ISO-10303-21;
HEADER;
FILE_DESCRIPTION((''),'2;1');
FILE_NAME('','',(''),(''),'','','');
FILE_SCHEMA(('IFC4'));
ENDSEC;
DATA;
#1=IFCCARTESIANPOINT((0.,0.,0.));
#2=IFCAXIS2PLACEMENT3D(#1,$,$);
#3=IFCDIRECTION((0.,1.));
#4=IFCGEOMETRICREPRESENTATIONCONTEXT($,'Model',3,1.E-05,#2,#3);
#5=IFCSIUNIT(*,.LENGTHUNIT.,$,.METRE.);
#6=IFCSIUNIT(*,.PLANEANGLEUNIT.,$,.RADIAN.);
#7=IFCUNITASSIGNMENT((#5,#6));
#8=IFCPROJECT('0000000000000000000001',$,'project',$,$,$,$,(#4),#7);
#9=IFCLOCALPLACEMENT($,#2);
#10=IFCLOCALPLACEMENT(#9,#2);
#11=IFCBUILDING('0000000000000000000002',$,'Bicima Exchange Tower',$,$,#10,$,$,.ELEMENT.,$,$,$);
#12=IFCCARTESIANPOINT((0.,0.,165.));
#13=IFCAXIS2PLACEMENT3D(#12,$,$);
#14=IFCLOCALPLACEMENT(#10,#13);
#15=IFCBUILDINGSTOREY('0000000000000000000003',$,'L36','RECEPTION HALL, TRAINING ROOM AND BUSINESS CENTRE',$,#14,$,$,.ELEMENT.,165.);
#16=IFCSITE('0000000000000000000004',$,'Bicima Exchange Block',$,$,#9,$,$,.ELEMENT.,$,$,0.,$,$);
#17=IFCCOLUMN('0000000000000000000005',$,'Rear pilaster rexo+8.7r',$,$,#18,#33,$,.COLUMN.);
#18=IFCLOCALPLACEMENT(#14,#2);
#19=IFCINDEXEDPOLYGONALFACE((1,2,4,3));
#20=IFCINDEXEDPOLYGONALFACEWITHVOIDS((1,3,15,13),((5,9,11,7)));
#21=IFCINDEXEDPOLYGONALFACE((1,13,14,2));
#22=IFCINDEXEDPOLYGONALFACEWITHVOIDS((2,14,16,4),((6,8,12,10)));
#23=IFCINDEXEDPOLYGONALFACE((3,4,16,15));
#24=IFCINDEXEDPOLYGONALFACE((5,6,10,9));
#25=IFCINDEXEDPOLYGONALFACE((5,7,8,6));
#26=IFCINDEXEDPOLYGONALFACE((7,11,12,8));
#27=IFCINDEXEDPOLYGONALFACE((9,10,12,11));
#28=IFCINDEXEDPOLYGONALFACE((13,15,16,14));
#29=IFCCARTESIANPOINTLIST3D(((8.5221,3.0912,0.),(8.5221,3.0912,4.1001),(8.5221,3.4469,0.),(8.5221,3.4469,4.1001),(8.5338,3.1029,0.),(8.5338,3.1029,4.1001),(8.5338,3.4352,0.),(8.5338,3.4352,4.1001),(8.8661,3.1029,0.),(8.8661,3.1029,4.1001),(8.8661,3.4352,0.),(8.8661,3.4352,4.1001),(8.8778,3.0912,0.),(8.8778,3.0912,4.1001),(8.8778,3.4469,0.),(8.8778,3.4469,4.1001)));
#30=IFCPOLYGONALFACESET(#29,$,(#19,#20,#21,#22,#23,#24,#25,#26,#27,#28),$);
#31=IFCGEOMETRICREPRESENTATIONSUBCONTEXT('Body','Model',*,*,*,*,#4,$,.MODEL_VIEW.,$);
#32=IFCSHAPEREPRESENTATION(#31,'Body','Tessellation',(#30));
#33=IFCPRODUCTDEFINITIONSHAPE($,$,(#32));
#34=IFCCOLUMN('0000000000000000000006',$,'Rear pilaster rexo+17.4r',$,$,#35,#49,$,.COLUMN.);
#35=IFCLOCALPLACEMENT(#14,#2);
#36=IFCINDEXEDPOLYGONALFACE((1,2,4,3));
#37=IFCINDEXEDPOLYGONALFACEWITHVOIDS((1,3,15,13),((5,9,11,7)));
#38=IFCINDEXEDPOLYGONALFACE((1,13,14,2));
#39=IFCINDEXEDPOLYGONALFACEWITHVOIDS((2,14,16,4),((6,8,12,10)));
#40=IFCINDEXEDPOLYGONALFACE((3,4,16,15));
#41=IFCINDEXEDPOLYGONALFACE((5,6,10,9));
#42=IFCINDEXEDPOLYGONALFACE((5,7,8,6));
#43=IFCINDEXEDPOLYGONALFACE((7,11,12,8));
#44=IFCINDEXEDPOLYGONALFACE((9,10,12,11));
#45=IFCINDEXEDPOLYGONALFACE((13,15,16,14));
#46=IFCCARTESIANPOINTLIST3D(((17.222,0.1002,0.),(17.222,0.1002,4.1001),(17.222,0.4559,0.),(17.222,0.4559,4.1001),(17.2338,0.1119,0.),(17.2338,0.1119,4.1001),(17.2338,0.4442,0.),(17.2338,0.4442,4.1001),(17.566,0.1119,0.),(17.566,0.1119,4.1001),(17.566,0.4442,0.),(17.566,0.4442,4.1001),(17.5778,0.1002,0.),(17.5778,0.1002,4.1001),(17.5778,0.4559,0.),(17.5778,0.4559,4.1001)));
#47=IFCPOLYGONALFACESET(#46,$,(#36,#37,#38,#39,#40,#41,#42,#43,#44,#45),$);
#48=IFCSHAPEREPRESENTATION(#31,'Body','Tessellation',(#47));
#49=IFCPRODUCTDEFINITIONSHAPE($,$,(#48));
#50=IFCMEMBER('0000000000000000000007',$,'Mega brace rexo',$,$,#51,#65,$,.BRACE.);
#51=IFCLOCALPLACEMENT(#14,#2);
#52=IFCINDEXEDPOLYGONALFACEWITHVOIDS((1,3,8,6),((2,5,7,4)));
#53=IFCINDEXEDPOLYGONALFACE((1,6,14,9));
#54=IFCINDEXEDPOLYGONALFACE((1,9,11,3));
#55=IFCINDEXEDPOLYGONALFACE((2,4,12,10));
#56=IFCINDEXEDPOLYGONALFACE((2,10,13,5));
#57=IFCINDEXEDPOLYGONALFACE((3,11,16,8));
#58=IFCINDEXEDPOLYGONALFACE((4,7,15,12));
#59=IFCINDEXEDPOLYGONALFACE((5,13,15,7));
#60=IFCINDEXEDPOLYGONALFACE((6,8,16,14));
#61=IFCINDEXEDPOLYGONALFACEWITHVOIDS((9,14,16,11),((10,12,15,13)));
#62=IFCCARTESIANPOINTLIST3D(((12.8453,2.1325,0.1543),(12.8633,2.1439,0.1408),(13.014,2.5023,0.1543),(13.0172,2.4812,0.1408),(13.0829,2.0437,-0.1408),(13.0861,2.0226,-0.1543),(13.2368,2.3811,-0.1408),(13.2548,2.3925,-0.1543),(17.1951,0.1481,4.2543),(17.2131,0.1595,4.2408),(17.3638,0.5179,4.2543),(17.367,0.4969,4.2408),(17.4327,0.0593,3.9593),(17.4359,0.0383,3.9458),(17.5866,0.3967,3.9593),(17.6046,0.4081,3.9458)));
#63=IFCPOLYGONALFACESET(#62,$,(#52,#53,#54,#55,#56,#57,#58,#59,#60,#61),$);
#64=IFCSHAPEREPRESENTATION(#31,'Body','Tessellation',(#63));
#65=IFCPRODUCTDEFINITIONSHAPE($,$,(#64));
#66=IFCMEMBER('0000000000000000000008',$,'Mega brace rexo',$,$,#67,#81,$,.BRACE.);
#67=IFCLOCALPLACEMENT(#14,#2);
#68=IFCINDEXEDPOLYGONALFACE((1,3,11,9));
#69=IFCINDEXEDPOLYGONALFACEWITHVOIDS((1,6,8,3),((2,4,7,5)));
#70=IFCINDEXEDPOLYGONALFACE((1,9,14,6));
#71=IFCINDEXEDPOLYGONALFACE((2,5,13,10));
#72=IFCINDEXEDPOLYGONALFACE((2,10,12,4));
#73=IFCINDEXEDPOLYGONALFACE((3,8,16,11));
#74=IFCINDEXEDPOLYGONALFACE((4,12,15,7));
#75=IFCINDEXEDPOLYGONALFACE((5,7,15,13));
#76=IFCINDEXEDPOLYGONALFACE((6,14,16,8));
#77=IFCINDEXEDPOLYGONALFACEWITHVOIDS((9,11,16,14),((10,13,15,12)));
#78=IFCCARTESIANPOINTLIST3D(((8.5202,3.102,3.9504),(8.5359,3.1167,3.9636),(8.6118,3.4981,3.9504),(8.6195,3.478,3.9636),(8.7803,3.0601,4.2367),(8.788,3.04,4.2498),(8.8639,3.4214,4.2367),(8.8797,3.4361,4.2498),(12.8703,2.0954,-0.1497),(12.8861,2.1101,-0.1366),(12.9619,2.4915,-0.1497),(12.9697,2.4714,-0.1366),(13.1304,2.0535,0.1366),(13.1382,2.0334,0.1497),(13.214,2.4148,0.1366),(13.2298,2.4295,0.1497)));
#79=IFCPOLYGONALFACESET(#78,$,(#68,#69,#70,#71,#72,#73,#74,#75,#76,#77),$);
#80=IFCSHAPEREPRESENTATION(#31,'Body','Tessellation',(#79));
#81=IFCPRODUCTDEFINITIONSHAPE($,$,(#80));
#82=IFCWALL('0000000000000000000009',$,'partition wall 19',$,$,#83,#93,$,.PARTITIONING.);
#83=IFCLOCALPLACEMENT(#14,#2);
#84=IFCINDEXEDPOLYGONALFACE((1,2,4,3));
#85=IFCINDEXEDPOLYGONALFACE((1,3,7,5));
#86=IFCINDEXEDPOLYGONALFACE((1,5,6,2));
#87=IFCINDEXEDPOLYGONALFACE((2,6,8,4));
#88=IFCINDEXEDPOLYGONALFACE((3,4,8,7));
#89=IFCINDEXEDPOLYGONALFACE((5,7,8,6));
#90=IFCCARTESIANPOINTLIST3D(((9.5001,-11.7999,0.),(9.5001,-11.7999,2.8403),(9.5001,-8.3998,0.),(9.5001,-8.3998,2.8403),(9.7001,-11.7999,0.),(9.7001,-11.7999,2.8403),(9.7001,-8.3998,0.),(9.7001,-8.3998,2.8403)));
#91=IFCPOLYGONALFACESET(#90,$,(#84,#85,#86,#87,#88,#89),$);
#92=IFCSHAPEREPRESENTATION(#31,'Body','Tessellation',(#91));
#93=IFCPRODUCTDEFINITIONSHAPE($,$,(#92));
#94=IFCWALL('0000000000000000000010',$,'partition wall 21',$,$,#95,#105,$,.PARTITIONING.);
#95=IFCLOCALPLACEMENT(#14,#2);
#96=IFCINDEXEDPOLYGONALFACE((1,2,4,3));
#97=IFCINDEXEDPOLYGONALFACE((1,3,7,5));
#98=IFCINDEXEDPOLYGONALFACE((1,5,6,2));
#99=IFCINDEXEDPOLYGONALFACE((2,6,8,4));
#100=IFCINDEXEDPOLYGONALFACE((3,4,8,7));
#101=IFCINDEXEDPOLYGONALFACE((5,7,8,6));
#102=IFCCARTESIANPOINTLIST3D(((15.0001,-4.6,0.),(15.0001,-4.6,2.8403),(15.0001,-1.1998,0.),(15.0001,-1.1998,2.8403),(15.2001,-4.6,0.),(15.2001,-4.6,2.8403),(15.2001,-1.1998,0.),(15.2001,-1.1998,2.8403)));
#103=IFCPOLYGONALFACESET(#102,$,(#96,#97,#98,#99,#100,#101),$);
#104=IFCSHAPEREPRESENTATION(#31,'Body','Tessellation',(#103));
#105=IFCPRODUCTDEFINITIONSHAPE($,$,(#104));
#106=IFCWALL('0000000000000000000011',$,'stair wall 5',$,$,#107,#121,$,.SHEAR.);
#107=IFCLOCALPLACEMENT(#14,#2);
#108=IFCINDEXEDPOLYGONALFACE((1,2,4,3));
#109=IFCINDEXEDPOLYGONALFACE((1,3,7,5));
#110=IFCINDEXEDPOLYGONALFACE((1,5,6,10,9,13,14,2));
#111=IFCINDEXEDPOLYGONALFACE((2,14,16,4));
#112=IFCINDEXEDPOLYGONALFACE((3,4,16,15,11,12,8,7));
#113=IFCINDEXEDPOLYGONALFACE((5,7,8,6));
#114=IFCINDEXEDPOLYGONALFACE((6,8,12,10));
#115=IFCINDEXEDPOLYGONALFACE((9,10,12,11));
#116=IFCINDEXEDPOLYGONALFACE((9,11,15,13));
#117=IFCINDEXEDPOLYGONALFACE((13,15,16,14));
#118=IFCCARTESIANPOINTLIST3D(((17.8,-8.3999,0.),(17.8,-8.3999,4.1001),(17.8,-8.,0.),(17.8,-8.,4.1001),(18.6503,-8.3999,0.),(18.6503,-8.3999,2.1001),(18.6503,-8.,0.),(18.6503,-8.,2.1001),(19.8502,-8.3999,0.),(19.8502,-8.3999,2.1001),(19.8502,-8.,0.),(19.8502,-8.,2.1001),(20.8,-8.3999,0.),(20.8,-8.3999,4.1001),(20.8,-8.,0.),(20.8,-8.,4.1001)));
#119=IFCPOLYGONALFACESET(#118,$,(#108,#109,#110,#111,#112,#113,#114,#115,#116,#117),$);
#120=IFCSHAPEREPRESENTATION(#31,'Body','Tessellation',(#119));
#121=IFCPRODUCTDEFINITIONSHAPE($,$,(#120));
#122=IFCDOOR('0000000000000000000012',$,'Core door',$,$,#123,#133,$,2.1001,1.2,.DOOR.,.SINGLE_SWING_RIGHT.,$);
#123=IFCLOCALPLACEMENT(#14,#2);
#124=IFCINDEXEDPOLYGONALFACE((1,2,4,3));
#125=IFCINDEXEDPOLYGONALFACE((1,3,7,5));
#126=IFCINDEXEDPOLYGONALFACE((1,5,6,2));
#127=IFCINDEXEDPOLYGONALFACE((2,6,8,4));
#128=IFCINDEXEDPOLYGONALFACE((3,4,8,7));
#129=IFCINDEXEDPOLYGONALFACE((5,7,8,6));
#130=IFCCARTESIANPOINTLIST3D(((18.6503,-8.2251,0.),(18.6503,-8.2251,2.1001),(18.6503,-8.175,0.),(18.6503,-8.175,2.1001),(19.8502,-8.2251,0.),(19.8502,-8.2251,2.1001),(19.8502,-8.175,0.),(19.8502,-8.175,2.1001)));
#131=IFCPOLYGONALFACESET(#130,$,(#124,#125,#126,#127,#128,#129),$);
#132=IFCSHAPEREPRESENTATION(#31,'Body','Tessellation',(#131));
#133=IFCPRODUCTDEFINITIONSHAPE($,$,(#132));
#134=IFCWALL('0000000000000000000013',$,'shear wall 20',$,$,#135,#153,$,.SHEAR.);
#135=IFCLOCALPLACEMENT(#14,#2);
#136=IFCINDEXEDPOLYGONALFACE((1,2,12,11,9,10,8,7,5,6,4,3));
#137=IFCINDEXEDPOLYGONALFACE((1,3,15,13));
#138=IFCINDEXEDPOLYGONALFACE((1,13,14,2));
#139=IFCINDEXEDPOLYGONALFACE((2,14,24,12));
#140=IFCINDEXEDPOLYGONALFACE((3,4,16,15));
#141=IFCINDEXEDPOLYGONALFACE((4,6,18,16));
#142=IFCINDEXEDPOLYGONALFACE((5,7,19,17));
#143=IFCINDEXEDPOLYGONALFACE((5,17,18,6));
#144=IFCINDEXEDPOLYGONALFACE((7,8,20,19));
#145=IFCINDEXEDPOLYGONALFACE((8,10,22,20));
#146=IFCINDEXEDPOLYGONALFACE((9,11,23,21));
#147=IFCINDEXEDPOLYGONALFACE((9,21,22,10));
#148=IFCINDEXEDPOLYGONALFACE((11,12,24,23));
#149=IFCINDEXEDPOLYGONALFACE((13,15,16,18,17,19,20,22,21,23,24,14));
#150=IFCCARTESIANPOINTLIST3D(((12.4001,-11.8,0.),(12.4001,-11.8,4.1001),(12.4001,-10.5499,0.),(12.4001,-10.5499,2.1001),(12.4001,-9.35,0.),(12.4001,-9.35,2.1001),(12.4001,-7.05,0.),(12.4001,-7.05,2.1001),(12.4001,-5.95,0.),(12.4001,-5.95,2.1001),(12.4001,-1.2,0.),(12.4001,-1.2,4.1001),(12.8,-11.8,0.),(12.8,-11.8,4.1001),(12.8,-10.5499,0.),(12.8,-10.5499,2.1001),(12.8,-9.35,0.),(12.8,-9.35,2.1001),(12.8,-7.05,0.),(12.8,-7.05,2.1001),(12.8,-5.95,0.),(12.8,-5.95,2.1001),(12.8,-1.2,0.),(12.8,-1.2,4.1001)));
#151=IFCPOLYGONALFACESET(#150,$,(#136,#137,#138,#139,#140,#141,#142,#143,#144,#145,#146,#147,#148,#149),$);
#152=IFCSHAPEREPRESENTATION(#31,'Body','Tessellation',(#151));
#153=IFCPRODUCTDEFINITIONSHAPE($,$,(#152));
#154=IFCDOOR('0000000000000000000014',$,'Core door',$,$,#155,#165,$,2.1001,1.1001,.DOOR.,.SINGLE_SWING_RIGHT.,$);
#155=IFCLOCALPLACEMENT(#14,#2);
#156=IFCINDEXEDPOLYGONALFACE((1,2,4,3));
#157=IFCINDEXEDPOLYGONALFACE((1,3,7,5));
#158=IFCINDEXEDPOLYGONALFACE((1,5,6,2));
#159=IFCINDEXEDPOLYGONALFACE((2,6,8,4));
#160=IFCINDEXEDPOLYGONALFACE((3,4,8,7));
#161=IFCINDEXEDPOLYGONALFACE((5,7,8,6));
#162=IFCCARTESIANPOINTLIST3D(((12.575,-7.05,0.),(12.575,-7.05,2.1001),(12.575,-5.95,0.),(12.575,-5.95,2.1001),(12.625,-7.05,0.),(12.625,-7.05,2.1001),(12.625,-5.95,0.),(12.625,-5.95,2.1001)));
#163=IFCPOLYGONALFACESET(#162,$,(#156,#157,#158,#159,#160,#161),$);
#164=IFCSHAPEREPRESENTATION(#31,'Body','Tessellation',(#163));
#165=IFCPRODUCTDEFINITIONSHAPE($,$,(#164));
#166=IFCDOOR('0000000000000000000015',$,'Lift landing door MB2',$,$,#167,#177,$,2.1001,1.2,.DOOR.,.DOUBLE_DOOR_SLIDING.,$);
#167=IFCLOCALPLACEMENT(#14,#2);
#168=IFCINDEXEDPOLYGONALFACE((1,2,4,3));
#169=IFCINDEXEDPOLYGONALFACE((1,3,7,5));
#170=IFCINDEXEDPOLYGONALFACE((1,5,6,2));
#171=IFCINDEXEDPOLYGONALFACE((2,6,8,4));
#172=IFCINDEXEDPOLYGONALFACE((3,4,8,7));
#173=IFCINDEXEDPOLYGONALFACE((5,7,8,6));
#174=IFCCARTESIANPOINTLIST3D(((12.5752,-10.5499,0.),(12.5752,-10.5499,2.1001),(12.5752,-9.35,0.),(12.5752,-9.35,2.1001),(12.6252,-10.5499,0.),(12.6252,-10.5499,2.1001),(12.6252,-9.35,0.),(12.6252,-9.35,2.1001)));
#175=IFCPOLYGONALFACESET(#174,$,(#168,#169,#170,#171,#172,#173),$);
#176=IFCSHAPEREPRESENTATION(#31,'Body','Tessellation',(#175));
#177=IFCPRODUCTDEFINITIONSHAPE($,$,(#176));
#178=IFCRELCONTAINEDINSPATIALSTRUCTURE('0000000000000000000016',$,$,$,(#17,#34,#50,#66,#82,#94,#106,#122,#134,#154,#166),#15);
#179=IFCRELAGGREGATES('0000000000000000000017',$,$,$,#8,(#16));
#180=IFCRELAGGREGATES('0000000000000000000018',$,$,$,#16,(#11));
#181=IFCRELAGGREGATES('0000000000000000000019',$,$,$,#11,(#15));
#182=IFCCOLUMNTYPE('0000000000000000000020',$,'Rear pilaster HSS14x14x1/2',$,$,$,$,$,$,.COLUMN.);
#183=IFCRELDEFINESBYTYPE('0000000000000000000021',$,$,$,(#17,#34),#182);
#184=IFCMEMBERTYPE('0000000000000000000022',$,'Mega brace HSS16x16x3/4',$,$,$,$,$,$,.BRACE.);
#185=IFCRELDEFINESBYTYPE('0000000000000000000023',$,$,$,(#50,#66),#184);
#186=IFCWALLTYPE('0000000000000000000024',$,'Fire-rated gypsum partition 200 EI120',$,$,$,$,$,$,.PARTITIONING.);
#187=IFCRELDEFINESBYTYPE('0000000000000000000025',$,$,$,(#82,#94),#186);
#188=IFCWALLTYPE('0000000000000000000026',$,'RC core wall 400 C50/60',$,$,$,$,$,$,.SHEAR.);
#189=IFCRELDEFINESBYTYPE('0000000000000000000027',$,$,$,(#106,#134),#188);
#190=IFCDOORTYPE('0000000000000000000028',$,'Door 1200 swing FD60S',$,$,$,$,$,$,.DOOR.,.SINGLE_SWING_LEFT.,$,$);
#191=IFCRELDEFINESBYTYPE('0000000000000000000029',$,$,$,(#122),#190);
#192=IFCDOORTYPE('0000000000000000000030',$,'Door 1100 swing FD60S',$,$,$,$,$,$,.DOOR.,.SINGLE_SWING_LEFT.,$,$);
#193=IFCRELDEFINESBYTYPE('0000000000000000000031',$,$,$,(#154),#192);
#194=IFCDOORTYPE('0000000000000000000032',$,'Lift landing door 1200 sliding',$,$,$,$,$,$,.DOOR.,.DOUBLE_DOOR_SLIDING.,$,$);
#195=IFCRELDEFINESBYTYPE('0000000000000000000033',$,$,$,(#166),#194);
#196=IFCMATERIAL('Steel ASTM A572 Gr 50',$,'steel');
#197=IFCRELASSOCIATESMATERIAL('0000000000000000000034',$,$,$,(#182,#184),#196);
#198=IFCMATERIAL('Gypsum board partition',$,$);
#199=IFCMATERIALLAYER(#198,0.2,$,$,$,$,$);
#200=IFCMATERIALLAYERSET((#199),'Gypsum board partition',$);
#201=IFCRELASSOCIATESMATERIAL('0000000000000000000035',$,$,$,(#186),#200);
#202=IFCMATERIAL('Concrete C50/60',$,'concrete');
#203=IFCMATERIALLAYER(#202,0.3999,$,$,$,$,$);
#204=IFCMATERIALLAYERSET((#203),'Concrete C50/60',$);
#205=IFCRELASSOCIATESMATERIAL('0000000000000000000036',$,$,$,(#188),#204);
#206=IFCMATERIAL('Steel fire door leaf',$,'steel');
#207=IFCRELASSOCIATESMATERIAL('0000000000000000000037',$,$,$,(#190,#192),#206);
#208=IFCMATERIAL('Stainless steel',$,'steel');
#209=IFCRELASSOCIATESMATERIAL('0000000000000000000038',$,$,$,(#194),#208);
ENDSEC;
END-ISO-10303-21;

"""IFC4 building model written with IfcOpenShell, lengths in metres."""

from ifc_helpers import new_model, si_unit, direction, frame, frame_2d, origin, origin_2d, place, context, subcontext, project, spatial, rectangle, hollow_rectangle, extrude, material, layer, layer_set, material_profile, profile_set, type_object, element, fill, save


model = new_model("IFC4")

# Units and contexts
model_context = context("Model", 3, precision=1e-05, world=origin(), true_north=direction((0.0, 1.0)))
body_context = subcontext(model_context, "Body", "Model", "MODEL_VIEW")
ifc_project = project(units=[si_unit("LENGTHUNIT", "METRE"), si_unit("PLANEANGLEUNIT", "RADIAN")], contexts=[model_context])

# Site, building, storey
site_placement = place(None, origin())
site = spatial("IfcSite", under=ifc_project, at=site_placement, Name="Bicima Exchange Block", CompositionType="ELEMENT", RefElevation=0.0)
building_placement = place(site_placement, origin())
building = spatial("IfcBuilding", under=site, at=building_placement, Name="Bicima Exchange Tower", CompositionType="ELEMENT")
storey_placement = place(building_placement, frame((0.0, 0.0, 165.0)))
storey = spatial("IfcBuildingStorey", under=building, at=storey_placement, Name="L36", Description="RECEPTION HALL, TRAINING ROOM AND BUSINESS CENTRE", CompositionType="ELEMENT", Elevation=165.0)

# Columns
ifc_material_1 = material(Name="Steel ASTM A572 Gr 50", Category="steel")
ifc_material_profile_1 = material_profile(ifc_material_1, hollow_rectangle(XDim=0.3557, YDim=0.3557, WallThickness=0.0117, at=origin_2d()))
ifc_profile_set_1 = profile_set([ifc_material_profile_1], Name="Steel ASTM A572 Gr 50")
column_type = type_object("IfcColumnType", Name="Rear pilaster HSS14x14x1/2", PredefinedType="COLUMN", material=ifc_profile_set_1)
for number, where, z_axis, x_axis, name in (
    (1, (8.7, 3.269, 0.0), (0.0, 0.0, 1.0), (1.0, 0.0, 0.0), "Rear pilaster rexo+8.7r"),
    (2, (17.3999, 0.2781, 0.0), (0.0, 0.0, 1.0), (1.0, 0.0, 0.0), "Rear pilaster rexo+17.4r"),
):
    element("IfcColumn", number, at=place(storey_placement, frame(where, z_axis=z_axis, x_axis=x_axis)), inside=storey, type_object=column_type, Name=name, PredefinedType="COLUMN", context=body_context, shape_type="SweptSolid", body=[
        extrude(hollow_rectangle(XDim=0.3557, YDim=0.3557, WallThickness=0.0117, at=origin_2d()), origin(), (0.0, 0.0, 1.0), 4.1001),
    ])

# Members
ifc_material_profile_2 = material_profile(ifc_material_1, hollow_rectangle(XDim=0.4065, YDim=0.4065, WallThickness=0.0178, at=origin_2d()))
ifc_profile_set_2 = profile_set([ifc_material_profile_2], Name="Steel ASTM A572 Gr 50")
member_type = type_object("IfcMemberType", Name="Mega brace HSS16x16x3/4", PredefinedType="BRACE", material=ifc_profile_set_2)
member_1_placement = place(storey_placement, frame((13.05, 2.2625, 0.0), z_axis=(0.690629, -0.31506, 0.650975), x_axis=(0.415045, 0.909801, 0.0)))
element("IfcMember", 3, at=member_1_placement, inside=storey, type_object=member_type, Name="Mega brace rexo", PredefinedType="BRACE", context=body_context, shape_type="SweptSolid", body=[
    extrude(hollow_rectangle(XDim=0.4065, YDim=0.4065, WallThickness=0.0178, at=origin_2d()), origin(), (0.0, 0.0, 1.0), 6.2983),
])
member_2_placement = place(storey_placement, frame((13.05, 2.2625, 0.0), z_axis=(-0.717606, 0.166051, 0.676365), x_axis=(-0.225439, -0.974257, 0.0)))
element("IfcMember", 4, at=member_2_placement, inside=storey, type_object=member_type, Name="Mega brace rexo", PredefinedType="BRACE", context=body_context, shape_type="SweptSolid", body=[
    extrude(hollow_rectangle(XDim=0.4065, YDim=0.4065, WallThickness=0.0178, at=origin_2d()), origin(), (0.0, 0.0, 1.0), 6.062),
])

# Walls
ifc_material_2 = material(Name="Gypsum board partition")
ifc_layer_1 = layer(ifc_material_2, 0.2)
ifc_layer_set_1 = layer_set([ifc_layer_1], Name="Gypsum board partition")
wall_type_1 = type_object("IfcWallType", Name="Fire-rated gypsum partition 200 EI120", PredefinedType="PARTITIONING", material=ifc_layer_set_1)
for number, where, z_axis, x_axis, name in (
    (5, (9.6001, -11.8, 0.0), (0.0, 0.0, 1.0), (0.0, 1.0, 0.0), "partition wall 19"),
    (6, (15.1001, -4.6001, 0.0), (0.0, 0.0, 1.0), (0.0, 1.0, 0.0), "partition wall 21"),
):
    element("IfcWall", number, at=place(storey_placement, frame(where, z_axis=z_axis, x_axis=x_axis)), inside=storey, type_object=wall_type_1, Name=name, PredefinedType="PARTITIONING", context=body_context, shape_type="SweptSolid", body=[
        extrude(rectangle(XDim=3.4001, YDim=0.2, at=frame_2d((1.7002, 0.0))), origin(), (0.0, 0.0, 1.0), 2.8403),
    ])

# Wall, opening, door
ifc_material_3 = material(Name="Concrete C50/60", Category="concrete")
ifc_layer_2 = layer(ifc_material_3, 0.3999)
ifc_layer_set_2 = layer_set([ifc_layer_2], Name="Concrete C50/60")
wall_type_2 = type_object("IfcWallType", Name="RC core wall 400 C50/60", PredefinedType="SHEAR", material=ifc_layer_set_2)
wall_1_placement = place(storey_placement, frame((17.8, -8.2, 0.0), z_axis=(0.0, 0.0, 1.0), x_axis=(1.0, 0.0, 0.0)))
wall_1 = element("IfcWall", 7, at=wall_1_placement, inside=storey, type_object=wall_type_2, Name="stair wall 5", PredefinedType="SHEAR", context=body_context, shape_type="SweptSolid", body=[
    extrude(rectangle(XDim=3.0, YDim=0.3999, at=frame_2d((1.5, 0.0))), origin(), (0.0, 0.0, 1.0), 4.1001),
])
opening_1_placement = place(wall_1_placement, frame((0.8501, 0.0, 0.0)))
opening_1 = element("IfcOpeningElement", 8, at=opening_1_placement, cuts=wall_1, PredefinedType="OPENING", context=body_context, shape_type="SweptSolid", body=[
    extrude(rectangle(XDim=1.2, YDim=2.1001, at=frame_2d((0.6001, 1.05))), frame((0.0, 0.2119, 0.0), z_axis=(0.0, -1.0, 0.0), x_axis=(1.0, 0.0, 0.0)), (0.0, 0.0, 1.0), 0.4238),
])
ifc_material_4 = material(Name="Steel fire door leaf", Category="steel")
door_type_1 = type_object("IfcDoorType", Name="Door 1200 swing FD60S", OperationType="SINGLE_SWING_LEFT", PredefinedType="DOOR", material=ifc_material_4)
door_1_placement = place(opening_1_placement, origin())
door_1 = element("IfcDoor", 9, at=door_1_placement, inside=storey, type_object=door_type_1, Name="Core door", OperationType="SINGLE_SWING_RIGHT", OverallHeight=2.1001, OverallWidth=1.2, PredefinedType="DOOR", context=body_context, shape_type="SweptSolid", body=[
    extrude(rectangle(XDim=1.2, YDim=2.1001, at=frame_2d((0.6001, 1.05))), frame((0.0, 0.0249, 0.0), z_axis=(0.0, -1.0, 0.0), x_axis=(1.0, 0.0, 0.0)), (0.0, 0.0, 1.0), 0.05),
])
fill(opening_1, door_1)

# Wall, openings, doors
wall_2_placement = place(storey_placement, frame((12.6001, -11.8, 0.0), z_axis=(0.0, 0.0, 1.0), x_axis=(0.0, 1.0, 0.0)))
wall_2 = element("IfcWall", 10, at=wall_2_placement, inside=storey, type_object=wall_type_2, Name="shear wall 20", PredefinedType="SHEAR", context=body_context, shape_type="SweptSolid", body=[
    extrude(rectangle(XDim=10.6001, YDim=0.3999, at=frame_2d((5.3, 0.0))), origin(), (0.0, 0.0, 1.0), 4.1001),
])
opening_2_placement = place(wall_2_placement, frame((1.25, 0.0, 0.0)))
opening_2 = element("IfcOpeningElement", 11, at=opening_2_placement, cuts=wall_2, PredefinedType="OPENING", context=body_context, shape_type="SweptSolid", body=[
    extrude(rectangle(XDim=1.2, YDim=2.1001, at=frame_2d((0.6001, 1.05))), frame((0.0, 0.2119, 0.0), z_axis=(0.0, -1.0, 0.0), x_axis=(1.0, 0.0, 0.0)), (0.0, 0.0, 1.0), 0.4238),
])
opening_3_placement = place(wall_2_placement, frame((4.75, 0.0, 0.0)))
opening_3 = element("IfcOpeningElement", 12, at=opening_3_placement, cuts=wall_2, PredefinedType="OPENING", context=body_context, shape_type="SweptSolid", body=[
    extrude(rectangle(XDim=1.1001, YDim=2.1001, at=frame_2d((0.55, 1.05))), frame((0.0, 0.2119, 0.0), z_axis=(0.0, -1.0, 0.0), x_axis=(1.0, 0.0, 0.0)), (0.0, 0.0, 1.0), 0.4238),
])
door_type_2 = type_object("IfcDoorType", Name="Door 1100 swing FD60S", OperationType="SINGLE_SWING_LEFT", PredefinedType="DOOR", material=ifc_material_4)
door_2_placement = place(opening_3_placement, frame((1.1001, 0.0, 0.0), z_axis=(0.0, 0.0, 1.0), x_axis=(-1.0, 0.0, 0.0)))
door_2 = element("IfcDoor", 13, at=door_2_placement, inside=storey, type_object=door_type_2, Name="Core door", OperationType="SINGLE_SWING_RIGHT", OverallHeight=2.1001, OverallWidth=1.1001, PredefinedType="DOOR", context=body_context, shape_type="SweptSolid", body=[
    extrude(rectangle(XDim=1.1001, YDim=2.1001, at=frame_2d((0.55, 1.05))), frame((0.0, 0.0249, 0.0), z_axis=(0.0, -1.0, 0.0), x_axis=(1.0, 0.0, 0.0)), (0.0, 0.0, 1.0), 0.05),
])
fill(opening_3, door_2)
ifc_material_5 = material(Name="Stainless steel", Category="steel")
door_type_3 = type_object("IfcDoorType", Name="Lift landing door 1200 sliding", OperationType="DOUBLE_DOOR_SLIDING", PredefinedType="DOOR", material=ifc_material_5)
door_3_placement = place(opening_2_placement, origin())
door_3 = element("IfcDoor", 14, at=door_3_placement, inside=storey, type_object=door_type_3, Name="Lift landing door MB2", OperationType="DOUBLE_DOOR_SLIDING", OverallHeight=2.1001, OverallWidth=1.2, PredefinedType="DOOR", context=body_context, shape_type="SweptSolid", body=[
    extrude(rectangle(XDim=1.2, YDim=2.1001, at=frame_2d((0.6001, 1.05))), frame((0.0, 0.0249, 0.0), z_axis=(0.0, -1.0, 0.0), x_axis=(1.0, 0.0, 0.0)), (0.0, 0.0, 1.0), 0.05),
])
fill(opening_2, door_3)

save(model, "model.ifc")
